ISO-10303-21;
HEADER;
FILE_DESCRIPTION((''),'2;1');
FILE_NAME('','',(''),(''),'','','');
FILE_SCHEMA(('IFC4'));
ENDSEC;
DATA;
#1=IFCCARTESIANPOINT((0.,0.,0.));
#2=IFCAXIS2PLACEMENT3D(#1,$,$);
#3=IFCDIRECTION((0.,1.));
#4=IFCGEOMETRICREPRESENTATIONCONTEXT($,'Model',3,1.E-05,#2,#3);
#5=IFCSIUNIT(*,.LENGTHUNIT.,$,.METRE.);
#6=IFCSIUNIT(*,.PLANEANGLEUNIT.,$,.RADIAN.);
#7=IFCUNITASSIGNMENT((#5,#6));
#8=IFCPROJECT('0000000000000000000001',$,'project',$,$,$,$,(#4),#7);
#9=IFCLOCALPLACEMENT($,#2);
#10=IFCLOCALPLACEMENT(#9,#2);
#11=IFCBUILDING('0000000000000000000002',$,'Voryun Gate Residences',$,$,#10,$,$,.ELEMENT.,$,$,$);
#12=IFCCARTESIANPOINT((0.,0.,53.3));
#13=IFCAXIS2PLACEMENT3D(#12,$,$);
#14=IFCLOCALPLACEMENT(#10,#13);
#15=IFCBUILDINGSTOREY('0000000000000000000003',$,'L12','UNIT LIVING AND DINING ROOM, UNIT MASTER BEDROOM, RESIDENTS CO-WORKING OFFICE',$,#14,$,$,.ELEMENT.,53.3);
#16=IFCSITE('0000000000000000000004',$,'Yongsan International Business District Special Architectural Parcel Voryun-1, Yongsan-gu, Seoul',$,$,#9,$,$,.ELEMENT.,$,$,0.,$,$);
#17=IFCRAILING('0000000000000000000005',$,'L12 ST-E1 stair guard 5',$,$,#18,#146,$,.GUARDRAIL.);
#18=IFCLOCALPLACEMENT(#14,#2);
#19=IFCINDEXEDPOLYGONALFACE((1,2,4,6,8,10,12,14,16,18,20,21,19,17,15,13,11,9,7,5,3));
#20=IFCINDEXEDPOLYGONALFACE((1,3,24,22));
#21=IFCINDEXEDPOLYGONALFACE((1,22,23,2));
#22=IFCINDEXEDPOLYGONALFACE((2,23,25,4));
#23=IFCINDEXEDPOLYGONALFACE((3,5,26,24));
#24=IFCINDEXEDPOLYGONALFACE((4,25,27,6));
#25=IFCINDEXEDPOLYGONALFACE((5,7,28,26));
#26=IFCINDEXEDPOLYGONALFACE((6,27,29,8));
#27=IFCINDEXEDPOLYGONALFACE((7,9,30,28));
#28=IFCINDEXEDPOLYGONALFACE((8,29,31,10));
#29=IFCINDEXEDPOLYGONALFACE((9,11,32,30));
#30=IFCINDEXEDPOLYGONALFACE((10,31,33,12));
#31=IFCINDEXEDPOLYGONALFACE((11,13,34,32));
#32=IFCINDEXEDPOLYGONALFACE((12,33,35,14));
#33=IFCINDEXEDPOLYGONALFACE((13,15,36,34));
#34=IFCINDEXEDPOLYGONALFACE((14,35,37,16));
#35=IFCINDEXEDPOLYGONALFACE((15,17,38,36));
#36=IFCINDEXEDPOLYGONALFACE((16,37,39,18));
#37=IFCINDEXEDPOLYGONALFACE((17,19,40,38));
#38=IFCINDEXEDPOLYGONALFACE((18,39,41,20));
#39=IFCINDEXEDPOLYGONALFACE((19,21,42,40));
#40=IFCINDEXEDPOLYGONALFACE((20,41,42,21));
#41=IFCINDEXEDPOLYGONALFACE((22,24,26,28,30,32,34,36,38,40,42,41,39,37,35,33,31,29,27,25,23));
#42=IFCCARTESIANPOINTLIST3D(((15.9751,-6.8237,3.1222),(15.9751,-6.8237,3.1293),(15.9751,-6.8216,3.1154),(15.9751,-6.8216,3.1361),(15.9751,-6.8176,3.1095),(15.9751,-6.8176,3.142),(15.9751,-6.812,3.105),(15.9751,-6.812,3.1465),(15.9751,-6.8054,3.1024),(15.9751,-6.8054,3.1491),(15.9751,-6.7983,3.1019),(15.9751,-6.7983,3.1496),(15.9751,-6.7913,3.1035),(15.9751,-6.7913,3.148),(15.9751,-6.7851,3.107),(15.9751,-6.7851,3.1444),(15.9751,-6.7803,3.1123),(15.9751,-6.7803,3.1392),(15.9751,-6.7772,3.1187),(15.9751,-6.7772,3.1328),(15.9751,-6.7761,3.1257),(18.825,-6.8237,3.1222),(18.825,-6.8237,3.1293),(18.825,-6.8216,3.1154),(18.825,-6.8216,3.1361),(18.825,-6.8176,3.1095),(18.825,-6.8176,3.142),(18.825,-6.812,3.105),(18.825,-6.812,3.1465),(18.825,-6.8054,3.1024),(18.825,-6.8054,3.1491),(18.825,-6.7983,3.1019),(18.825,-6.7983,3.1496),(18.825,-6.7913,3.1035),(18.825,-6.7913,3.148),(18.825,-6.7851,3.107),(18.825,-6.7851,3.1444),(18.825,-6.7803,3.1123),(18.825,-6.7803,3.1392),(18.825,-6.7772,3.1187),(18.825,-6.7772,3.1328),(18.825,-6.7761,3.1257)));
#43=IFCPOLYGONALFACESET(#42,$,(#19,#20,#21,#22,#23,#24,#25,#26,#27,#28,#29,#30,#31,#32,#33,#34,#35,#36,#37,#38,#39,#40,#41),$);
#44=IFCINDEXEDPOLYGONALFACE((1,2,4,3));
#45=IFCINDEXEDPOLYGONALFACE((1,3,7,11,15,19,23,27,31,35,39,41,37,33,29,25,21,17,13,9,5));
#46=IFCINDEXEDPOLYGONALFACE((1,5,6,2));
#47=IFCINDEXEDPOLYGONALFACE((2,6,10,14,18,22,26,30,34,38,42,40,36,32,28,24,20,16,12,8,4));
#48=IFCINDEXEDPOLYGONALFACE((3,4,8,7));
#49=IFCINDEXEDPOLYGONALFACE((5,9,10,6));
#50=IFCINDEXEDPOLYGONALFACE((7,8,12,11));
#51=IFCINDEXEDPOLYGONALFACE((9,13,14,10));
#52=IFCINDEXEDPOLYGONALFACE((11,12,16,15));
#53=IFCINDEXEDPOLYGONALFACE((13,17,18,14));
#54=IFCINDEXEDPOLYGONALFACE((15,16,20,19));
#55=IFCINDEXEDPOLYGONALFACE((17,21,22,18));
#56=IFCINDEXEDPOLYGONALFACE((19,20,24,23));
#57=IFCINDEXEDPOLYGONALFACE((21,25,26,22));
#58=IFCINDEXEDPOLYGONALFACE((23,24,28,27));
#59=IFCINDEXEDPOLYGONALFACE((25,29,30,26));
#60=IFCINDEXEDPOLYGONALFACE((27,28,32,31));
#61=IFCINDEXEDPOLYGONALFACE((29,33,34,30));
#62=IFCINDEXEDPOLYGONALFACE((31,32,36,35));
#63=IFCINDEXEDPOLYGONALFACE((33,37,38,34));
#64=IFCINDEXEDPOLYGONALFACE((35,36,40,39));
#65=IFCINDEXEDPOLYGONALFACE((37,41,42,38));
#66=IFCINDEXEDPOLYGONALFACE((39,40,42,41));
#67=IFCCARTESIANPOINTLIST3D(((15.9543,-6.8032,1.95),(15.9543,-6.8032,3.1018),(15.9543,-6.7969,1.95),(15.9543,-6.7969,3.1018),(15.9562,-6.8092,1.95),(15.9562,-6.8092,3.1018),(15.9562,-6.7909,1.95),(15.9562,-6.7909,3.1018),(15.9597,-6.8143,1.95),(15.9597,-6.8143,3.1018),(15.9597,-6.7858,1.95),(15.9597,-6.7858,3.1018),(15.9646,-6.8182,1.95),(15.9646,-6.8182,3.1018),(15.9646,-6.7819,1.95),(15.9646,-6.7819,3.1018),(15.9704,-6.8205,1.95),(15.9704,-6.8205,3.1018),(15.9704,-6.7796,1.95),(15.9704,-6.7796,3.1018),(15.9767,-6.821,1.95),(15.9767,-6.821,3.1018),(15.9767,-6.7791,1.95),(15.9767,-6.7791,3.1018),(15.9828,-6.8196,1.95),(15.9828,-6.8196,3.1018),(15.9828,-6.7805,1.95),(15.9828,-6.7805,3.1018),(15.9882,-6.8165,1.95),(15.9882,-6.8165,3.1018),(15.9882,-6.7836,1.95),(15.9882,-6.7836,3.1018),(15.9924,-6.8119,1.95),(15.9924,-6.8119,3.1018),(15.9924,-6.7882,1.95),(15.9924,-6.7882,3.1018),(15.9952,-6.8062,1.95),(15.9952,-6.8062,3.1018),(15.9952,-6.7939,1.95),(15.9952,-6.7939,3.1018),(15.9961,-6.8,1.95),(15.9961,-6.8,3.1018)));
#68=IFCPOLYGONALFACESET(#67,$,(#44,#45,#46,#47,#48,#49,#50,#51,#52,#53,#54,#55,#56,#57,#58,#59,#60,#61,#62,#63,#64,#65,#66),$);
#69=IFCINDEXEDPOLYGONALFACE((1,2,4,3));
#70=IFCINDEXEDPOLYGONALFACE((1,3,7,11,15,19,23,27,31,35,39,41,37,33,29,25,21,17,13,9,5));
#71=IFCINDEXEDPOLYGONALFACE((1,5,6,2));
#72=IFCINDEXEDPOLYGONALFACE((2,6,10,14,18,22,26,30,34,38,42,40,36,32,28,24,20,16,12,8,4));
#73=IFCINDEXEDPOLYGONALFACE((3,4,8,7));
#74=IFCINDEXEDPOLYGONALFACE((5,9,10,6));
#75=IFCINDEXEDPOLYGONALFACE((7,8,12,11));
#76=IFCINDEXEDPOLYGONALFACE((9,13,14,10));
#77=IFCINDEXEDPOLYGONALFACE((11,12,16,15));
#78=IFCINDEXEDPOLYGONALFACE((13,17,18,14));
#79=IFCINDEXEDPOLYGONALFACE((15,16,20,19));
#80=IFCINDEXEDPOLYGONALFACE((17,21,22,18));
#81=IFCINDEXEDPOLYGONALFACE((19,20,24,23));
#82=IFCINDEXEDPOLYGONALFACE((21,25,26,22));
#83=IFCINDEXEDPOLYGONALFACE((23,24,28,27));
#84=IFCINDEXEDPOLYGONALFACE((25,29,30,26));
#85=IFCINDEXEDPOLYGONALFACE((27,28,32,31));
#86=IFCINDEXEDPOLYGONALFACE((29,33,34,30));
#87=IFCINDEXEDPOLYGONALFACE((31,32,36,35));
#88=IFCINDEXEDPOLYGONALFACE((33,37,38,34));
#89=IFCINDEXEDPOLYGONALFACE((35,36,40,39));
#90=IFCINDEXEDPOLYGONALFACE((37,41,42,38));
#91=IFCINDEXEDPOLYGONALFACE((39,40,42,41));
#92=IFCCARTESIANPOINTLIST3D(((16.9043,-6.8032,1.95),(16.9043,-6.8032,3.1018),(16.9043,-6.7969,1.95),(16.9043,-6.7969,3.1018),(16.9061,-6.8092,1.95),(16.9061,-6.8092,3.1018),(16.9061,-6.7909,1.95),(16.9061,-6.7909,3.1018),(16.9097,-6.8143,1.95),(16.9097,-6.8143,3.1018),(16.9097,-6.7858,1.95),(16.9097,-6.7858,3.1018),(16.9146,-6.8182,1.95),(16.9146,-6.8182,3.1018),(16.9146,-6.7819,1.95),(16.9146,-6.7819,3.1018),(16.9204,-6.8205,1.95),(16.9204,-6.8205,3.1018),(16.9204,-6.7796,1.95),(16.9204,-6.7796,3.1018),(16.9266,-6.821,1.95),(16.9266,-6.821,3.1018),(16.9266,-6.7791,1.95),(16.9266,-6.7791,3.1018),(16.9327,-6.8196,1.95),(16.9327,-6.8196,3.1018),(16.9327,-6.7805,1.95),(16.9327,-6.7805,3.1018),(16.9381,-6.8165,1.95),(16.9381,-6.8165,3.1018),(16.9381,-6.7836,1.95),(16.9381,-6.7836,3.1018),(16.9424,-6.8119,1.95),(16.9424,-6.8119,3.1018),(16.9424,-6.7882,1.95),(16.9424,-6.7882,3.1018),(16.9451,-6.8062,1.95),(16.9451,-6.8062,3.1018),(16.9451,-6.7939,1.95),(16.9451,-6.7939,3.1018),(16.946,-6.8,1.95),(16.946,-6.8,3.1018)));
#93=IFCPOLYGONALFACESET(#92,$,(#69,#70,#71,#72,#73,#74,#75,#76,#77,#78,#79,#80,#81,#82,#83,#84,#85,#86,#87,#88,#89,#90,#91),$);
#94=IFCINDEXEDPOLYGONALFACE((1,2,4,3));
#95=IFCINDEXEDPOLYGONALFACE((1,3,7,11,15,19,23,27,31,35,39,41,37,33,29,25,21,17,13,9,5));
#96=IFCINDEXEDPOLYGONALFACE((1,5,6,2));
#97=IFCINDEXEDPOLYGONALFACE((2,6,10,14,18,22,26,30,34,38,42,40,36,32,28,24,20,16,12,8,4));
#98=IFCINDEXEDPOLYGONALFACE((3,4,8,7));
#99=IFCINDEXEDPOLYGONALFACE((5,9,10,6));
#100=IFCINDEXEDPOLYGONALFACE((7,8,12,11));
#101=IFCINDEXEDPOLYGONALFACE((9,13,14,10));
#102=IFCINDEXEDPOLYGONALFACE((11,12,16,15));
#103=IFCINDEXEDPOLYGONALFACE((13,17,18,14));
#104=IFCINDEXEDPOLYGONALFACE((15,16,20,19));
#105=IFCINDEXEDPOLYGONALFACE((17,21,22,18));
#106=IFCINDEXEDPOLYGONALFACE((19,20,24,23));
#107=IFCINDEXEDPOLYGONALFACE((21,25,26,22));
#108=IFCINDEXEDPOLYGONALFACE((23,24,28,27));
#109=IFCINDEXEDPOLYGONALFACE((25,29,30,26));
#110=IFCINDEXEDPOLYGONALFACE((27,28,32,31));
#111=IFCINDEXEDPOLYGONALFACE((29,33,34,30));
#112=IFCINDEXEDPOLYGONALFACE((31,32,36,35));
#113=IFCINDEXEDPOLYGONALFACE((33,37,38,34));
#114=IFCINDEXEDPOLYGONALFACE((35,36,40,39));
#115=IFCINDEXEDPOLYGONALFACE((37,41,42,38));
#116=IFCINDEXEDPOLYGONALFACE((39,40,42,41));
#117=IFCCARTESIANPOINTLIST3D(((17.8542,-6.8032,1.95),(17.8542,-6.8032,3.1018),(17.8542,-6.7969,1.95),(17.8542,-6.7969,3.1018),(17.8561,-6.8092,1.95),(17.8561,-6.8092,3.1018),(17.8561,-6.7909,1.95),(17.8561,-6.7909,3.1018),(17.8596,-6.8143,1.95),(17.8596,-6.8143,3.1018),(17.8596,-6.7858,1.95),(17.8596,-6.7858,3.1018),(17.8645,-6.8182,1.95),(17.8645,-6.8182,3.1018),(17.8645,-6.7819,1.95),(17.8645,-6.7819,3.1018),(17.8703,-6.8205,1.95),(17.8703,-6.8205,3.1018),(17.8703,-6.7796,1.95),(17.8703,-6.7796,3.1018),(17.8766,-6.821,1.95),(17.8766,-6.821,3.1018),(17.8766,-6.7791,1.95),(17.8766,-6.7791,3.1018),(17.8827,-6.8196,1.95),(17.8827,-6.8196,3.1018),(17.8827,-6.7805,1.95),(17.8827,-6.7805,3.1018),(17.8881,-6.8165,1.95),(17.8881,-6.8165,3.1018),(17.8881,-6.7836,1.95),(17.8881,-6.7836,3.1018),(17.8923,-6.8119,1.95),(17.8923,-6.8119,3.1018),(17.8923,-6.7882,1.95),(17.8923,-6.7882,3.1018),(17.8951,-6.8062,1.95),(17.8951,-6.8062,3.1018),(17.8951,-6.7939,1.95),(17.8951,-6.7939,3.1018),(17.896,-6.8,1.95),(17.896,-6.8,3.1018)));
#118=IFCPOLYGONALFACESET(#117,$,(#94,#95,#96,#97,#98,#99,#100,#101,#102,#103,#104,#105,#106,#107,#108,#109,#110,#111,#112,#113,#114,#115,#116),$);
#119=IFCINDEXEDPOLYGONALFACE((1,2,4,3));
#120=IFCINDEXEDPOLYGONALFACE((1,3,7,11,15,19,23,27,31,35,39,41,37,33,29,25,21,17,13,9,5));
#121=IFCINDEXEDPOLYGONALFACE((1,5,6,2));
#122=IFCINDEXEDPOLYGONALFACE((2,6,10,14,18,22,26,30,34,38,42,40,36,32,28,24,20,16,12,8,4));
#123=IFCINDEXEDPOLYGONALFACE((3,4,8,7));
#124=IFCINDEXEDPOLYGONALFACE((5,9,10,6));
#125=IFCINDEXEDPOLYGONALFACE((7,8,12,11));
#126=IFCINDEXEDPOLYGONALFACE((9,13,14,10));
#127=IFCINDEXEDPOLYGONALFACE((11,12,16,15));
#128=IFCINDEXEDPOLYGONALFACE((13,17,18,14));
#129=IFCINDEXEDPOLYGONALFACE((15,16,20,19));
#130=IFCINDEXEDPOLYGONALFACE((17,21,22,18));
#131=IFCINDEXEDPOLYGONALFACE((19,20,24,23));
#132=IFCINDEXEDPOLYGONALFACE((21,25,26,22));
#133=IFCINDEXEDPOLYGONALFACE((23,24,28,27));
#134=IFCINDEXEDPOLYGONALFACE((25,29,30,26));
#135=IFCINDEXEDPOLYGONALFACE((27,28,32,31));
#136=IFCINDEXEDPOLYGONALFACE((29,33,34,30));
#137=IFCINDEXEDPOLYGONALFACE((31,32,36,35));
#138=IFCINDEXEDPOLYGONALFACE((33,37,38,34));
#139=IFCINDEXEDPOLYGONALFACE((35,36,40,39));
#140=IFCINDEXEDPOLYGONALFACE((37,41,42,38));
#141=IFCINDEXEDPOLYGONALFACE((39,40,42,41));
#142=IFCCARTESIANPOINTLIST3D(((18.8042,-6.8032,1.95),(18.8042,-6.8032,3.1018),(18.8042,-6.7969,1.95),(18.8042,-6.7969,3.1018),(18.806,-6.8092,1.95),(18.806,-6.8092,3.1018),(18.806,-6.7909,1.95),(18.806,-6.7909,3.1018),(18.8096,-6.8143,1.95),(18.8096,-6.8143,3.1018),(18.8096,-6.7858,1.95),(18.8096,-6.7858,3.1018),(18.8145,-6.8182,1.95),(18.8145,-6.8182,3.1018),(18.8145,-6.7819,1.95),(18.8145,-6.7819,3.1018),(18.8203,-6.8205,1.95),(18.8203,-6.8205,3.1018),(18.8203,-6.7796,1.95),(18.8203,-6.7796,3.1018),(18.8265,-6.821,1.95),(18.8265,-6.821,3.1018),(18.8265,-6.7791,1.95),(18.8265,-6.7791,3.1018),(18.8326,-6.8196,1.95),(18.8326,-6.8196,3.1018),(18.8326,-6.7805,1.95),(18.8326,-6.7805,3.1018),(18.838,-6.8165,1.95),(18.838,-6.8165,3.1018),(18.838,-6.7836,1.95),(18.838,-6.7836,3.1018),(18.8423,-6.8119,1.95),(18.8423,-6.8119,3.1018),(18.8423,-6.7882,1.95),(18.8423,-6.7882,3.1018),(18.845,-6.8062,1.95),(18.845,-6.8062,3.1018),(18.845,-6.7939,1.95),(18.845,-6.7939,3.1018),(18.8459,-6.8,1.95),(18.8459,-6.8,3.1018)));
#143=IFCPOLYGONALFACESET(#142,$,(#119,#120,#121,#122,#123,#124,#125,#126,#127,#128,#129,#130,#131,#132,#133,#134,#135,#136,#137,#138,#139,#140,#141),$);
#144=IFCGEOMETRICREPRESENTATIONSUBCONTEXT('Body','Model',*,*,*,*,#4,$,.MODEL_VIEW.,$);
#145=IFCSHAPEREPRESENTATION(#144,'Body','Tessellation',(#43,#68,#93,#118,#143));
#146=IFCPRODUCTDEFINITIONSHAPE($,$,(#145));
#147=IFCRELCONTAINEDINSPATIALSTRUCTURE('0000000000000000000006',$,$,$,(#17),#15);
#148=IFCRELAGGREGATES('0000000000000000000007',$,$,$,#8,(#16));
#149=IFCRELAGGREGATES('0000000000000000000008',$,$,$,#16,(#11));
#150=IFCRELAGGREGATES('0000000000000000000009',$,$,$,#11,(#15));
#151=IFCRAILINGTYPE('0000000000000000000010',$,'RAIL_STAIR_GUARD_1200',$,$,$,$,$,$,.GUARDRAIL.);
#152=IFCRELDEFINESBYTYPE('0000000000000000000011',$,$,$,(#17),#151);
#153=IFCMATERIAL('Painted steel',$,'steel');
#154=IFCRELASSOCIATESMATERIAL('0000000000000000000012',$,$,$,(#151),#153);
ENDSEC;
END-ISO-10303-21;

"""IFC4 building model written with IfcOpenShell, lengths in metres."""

from ifc_helpers import new_model, si_unit, direction, frame, origin, origin_2d, place, context, subcontext, project, spatial, circle, extrude, material, type_object, element, save


model = new_model("IFC4")

# Units and contexts
model_context = context("Model", 3, precision=1e-05, world=origin(), true_north=direction((0.0, 1.0)))
body_context = subcontext(model_context, "Body", "Model", "MODEL_VIEW")
ifc_project = project(units=[si_unit("LENGTHUNIT", "METRE"), si_unit("PLANEANGLEUNIT", "RADIAN")], contexts=[model_context])

# Site, building, storey
site_placement = place(None, origin())
site = spatial("IfcSite", under=ifc_project, at=site_placement, Name="Yongsan International Business District Special Architectural Parcel Voryun-1, Yongsan-gu, Seoul", CompositionType="ELEMENT", RefElevation=0.0)
building_placement = place(site_placement, origin())
building = spatial("IfcBuilding", under=site, at=building_placement, Name="Voryun Gate Residences", CompositionType="ELEMENT")
storey_placement = place(building_placement, frame((0.0, 0.0, 53.3)))
storey = spatial("IfcBuildingStorey", under=building, at=storey_placement, Name="L12", Description="UNIT LIVING AND DINING ROOM, UNIT MASTER BEDROOM, RESIDENTS CO-WORKING OFFICE", CompositionType="ELEMENT", Elevation=53.3)

# Railing
ifc_material_1 = material(Name="Painted steel", Category="steel")
railing_type_1 = type_object("IfcRailingType", Name="RAIL_STAIR_GUARD_1200", PredefinedType="GUARDRAIL", material=ifc_material_1)
railing_1_placement = place(storey_placement, frame((15.9751, -6.8, 1.95)))
element("IfcRailing", 1, at=railing_1_placement, inside=storey, type_object=railing_type_1, Name="L12 ST-E1 stair guard 5", PredefinedType="GUARDRAIL", context=body_context, shape_type="SweptSolid", body=[
    extrude(circle(Radius=0.0239, at=origin_2d()), frame((0.0, 0.0, 1.1758), z_axis=(1.0, 0.0, 0.0), x_axis=(0.0, 1.0, 0.0)), (0.0, 0.0, 1.0), 2.8499),
    extrude(circle(Radius=0.021, at=origin_2d()), origin(), (0.0, 0.0, 1.0), 1.1519),
    extrude(circle(Radius=0.021, at=origin_2d()), frame((0.95, 0.0, 0.0)), (0.0, 0.0, 1.0), 1.1519),
    extrude(circle(Radius=0.021, at=origin_2d()), frame((1.8999, 0.0, 0.0)), (0.0, 0.0, 1.0), 1.1519),
    extrude(circle(Radius=0.021, at=origin_2d()), frame((2.8499, 0.0, 0.0)), (0.0, 0.0, 1.0), 1.1519),
])

save(model, "model.ifc")
